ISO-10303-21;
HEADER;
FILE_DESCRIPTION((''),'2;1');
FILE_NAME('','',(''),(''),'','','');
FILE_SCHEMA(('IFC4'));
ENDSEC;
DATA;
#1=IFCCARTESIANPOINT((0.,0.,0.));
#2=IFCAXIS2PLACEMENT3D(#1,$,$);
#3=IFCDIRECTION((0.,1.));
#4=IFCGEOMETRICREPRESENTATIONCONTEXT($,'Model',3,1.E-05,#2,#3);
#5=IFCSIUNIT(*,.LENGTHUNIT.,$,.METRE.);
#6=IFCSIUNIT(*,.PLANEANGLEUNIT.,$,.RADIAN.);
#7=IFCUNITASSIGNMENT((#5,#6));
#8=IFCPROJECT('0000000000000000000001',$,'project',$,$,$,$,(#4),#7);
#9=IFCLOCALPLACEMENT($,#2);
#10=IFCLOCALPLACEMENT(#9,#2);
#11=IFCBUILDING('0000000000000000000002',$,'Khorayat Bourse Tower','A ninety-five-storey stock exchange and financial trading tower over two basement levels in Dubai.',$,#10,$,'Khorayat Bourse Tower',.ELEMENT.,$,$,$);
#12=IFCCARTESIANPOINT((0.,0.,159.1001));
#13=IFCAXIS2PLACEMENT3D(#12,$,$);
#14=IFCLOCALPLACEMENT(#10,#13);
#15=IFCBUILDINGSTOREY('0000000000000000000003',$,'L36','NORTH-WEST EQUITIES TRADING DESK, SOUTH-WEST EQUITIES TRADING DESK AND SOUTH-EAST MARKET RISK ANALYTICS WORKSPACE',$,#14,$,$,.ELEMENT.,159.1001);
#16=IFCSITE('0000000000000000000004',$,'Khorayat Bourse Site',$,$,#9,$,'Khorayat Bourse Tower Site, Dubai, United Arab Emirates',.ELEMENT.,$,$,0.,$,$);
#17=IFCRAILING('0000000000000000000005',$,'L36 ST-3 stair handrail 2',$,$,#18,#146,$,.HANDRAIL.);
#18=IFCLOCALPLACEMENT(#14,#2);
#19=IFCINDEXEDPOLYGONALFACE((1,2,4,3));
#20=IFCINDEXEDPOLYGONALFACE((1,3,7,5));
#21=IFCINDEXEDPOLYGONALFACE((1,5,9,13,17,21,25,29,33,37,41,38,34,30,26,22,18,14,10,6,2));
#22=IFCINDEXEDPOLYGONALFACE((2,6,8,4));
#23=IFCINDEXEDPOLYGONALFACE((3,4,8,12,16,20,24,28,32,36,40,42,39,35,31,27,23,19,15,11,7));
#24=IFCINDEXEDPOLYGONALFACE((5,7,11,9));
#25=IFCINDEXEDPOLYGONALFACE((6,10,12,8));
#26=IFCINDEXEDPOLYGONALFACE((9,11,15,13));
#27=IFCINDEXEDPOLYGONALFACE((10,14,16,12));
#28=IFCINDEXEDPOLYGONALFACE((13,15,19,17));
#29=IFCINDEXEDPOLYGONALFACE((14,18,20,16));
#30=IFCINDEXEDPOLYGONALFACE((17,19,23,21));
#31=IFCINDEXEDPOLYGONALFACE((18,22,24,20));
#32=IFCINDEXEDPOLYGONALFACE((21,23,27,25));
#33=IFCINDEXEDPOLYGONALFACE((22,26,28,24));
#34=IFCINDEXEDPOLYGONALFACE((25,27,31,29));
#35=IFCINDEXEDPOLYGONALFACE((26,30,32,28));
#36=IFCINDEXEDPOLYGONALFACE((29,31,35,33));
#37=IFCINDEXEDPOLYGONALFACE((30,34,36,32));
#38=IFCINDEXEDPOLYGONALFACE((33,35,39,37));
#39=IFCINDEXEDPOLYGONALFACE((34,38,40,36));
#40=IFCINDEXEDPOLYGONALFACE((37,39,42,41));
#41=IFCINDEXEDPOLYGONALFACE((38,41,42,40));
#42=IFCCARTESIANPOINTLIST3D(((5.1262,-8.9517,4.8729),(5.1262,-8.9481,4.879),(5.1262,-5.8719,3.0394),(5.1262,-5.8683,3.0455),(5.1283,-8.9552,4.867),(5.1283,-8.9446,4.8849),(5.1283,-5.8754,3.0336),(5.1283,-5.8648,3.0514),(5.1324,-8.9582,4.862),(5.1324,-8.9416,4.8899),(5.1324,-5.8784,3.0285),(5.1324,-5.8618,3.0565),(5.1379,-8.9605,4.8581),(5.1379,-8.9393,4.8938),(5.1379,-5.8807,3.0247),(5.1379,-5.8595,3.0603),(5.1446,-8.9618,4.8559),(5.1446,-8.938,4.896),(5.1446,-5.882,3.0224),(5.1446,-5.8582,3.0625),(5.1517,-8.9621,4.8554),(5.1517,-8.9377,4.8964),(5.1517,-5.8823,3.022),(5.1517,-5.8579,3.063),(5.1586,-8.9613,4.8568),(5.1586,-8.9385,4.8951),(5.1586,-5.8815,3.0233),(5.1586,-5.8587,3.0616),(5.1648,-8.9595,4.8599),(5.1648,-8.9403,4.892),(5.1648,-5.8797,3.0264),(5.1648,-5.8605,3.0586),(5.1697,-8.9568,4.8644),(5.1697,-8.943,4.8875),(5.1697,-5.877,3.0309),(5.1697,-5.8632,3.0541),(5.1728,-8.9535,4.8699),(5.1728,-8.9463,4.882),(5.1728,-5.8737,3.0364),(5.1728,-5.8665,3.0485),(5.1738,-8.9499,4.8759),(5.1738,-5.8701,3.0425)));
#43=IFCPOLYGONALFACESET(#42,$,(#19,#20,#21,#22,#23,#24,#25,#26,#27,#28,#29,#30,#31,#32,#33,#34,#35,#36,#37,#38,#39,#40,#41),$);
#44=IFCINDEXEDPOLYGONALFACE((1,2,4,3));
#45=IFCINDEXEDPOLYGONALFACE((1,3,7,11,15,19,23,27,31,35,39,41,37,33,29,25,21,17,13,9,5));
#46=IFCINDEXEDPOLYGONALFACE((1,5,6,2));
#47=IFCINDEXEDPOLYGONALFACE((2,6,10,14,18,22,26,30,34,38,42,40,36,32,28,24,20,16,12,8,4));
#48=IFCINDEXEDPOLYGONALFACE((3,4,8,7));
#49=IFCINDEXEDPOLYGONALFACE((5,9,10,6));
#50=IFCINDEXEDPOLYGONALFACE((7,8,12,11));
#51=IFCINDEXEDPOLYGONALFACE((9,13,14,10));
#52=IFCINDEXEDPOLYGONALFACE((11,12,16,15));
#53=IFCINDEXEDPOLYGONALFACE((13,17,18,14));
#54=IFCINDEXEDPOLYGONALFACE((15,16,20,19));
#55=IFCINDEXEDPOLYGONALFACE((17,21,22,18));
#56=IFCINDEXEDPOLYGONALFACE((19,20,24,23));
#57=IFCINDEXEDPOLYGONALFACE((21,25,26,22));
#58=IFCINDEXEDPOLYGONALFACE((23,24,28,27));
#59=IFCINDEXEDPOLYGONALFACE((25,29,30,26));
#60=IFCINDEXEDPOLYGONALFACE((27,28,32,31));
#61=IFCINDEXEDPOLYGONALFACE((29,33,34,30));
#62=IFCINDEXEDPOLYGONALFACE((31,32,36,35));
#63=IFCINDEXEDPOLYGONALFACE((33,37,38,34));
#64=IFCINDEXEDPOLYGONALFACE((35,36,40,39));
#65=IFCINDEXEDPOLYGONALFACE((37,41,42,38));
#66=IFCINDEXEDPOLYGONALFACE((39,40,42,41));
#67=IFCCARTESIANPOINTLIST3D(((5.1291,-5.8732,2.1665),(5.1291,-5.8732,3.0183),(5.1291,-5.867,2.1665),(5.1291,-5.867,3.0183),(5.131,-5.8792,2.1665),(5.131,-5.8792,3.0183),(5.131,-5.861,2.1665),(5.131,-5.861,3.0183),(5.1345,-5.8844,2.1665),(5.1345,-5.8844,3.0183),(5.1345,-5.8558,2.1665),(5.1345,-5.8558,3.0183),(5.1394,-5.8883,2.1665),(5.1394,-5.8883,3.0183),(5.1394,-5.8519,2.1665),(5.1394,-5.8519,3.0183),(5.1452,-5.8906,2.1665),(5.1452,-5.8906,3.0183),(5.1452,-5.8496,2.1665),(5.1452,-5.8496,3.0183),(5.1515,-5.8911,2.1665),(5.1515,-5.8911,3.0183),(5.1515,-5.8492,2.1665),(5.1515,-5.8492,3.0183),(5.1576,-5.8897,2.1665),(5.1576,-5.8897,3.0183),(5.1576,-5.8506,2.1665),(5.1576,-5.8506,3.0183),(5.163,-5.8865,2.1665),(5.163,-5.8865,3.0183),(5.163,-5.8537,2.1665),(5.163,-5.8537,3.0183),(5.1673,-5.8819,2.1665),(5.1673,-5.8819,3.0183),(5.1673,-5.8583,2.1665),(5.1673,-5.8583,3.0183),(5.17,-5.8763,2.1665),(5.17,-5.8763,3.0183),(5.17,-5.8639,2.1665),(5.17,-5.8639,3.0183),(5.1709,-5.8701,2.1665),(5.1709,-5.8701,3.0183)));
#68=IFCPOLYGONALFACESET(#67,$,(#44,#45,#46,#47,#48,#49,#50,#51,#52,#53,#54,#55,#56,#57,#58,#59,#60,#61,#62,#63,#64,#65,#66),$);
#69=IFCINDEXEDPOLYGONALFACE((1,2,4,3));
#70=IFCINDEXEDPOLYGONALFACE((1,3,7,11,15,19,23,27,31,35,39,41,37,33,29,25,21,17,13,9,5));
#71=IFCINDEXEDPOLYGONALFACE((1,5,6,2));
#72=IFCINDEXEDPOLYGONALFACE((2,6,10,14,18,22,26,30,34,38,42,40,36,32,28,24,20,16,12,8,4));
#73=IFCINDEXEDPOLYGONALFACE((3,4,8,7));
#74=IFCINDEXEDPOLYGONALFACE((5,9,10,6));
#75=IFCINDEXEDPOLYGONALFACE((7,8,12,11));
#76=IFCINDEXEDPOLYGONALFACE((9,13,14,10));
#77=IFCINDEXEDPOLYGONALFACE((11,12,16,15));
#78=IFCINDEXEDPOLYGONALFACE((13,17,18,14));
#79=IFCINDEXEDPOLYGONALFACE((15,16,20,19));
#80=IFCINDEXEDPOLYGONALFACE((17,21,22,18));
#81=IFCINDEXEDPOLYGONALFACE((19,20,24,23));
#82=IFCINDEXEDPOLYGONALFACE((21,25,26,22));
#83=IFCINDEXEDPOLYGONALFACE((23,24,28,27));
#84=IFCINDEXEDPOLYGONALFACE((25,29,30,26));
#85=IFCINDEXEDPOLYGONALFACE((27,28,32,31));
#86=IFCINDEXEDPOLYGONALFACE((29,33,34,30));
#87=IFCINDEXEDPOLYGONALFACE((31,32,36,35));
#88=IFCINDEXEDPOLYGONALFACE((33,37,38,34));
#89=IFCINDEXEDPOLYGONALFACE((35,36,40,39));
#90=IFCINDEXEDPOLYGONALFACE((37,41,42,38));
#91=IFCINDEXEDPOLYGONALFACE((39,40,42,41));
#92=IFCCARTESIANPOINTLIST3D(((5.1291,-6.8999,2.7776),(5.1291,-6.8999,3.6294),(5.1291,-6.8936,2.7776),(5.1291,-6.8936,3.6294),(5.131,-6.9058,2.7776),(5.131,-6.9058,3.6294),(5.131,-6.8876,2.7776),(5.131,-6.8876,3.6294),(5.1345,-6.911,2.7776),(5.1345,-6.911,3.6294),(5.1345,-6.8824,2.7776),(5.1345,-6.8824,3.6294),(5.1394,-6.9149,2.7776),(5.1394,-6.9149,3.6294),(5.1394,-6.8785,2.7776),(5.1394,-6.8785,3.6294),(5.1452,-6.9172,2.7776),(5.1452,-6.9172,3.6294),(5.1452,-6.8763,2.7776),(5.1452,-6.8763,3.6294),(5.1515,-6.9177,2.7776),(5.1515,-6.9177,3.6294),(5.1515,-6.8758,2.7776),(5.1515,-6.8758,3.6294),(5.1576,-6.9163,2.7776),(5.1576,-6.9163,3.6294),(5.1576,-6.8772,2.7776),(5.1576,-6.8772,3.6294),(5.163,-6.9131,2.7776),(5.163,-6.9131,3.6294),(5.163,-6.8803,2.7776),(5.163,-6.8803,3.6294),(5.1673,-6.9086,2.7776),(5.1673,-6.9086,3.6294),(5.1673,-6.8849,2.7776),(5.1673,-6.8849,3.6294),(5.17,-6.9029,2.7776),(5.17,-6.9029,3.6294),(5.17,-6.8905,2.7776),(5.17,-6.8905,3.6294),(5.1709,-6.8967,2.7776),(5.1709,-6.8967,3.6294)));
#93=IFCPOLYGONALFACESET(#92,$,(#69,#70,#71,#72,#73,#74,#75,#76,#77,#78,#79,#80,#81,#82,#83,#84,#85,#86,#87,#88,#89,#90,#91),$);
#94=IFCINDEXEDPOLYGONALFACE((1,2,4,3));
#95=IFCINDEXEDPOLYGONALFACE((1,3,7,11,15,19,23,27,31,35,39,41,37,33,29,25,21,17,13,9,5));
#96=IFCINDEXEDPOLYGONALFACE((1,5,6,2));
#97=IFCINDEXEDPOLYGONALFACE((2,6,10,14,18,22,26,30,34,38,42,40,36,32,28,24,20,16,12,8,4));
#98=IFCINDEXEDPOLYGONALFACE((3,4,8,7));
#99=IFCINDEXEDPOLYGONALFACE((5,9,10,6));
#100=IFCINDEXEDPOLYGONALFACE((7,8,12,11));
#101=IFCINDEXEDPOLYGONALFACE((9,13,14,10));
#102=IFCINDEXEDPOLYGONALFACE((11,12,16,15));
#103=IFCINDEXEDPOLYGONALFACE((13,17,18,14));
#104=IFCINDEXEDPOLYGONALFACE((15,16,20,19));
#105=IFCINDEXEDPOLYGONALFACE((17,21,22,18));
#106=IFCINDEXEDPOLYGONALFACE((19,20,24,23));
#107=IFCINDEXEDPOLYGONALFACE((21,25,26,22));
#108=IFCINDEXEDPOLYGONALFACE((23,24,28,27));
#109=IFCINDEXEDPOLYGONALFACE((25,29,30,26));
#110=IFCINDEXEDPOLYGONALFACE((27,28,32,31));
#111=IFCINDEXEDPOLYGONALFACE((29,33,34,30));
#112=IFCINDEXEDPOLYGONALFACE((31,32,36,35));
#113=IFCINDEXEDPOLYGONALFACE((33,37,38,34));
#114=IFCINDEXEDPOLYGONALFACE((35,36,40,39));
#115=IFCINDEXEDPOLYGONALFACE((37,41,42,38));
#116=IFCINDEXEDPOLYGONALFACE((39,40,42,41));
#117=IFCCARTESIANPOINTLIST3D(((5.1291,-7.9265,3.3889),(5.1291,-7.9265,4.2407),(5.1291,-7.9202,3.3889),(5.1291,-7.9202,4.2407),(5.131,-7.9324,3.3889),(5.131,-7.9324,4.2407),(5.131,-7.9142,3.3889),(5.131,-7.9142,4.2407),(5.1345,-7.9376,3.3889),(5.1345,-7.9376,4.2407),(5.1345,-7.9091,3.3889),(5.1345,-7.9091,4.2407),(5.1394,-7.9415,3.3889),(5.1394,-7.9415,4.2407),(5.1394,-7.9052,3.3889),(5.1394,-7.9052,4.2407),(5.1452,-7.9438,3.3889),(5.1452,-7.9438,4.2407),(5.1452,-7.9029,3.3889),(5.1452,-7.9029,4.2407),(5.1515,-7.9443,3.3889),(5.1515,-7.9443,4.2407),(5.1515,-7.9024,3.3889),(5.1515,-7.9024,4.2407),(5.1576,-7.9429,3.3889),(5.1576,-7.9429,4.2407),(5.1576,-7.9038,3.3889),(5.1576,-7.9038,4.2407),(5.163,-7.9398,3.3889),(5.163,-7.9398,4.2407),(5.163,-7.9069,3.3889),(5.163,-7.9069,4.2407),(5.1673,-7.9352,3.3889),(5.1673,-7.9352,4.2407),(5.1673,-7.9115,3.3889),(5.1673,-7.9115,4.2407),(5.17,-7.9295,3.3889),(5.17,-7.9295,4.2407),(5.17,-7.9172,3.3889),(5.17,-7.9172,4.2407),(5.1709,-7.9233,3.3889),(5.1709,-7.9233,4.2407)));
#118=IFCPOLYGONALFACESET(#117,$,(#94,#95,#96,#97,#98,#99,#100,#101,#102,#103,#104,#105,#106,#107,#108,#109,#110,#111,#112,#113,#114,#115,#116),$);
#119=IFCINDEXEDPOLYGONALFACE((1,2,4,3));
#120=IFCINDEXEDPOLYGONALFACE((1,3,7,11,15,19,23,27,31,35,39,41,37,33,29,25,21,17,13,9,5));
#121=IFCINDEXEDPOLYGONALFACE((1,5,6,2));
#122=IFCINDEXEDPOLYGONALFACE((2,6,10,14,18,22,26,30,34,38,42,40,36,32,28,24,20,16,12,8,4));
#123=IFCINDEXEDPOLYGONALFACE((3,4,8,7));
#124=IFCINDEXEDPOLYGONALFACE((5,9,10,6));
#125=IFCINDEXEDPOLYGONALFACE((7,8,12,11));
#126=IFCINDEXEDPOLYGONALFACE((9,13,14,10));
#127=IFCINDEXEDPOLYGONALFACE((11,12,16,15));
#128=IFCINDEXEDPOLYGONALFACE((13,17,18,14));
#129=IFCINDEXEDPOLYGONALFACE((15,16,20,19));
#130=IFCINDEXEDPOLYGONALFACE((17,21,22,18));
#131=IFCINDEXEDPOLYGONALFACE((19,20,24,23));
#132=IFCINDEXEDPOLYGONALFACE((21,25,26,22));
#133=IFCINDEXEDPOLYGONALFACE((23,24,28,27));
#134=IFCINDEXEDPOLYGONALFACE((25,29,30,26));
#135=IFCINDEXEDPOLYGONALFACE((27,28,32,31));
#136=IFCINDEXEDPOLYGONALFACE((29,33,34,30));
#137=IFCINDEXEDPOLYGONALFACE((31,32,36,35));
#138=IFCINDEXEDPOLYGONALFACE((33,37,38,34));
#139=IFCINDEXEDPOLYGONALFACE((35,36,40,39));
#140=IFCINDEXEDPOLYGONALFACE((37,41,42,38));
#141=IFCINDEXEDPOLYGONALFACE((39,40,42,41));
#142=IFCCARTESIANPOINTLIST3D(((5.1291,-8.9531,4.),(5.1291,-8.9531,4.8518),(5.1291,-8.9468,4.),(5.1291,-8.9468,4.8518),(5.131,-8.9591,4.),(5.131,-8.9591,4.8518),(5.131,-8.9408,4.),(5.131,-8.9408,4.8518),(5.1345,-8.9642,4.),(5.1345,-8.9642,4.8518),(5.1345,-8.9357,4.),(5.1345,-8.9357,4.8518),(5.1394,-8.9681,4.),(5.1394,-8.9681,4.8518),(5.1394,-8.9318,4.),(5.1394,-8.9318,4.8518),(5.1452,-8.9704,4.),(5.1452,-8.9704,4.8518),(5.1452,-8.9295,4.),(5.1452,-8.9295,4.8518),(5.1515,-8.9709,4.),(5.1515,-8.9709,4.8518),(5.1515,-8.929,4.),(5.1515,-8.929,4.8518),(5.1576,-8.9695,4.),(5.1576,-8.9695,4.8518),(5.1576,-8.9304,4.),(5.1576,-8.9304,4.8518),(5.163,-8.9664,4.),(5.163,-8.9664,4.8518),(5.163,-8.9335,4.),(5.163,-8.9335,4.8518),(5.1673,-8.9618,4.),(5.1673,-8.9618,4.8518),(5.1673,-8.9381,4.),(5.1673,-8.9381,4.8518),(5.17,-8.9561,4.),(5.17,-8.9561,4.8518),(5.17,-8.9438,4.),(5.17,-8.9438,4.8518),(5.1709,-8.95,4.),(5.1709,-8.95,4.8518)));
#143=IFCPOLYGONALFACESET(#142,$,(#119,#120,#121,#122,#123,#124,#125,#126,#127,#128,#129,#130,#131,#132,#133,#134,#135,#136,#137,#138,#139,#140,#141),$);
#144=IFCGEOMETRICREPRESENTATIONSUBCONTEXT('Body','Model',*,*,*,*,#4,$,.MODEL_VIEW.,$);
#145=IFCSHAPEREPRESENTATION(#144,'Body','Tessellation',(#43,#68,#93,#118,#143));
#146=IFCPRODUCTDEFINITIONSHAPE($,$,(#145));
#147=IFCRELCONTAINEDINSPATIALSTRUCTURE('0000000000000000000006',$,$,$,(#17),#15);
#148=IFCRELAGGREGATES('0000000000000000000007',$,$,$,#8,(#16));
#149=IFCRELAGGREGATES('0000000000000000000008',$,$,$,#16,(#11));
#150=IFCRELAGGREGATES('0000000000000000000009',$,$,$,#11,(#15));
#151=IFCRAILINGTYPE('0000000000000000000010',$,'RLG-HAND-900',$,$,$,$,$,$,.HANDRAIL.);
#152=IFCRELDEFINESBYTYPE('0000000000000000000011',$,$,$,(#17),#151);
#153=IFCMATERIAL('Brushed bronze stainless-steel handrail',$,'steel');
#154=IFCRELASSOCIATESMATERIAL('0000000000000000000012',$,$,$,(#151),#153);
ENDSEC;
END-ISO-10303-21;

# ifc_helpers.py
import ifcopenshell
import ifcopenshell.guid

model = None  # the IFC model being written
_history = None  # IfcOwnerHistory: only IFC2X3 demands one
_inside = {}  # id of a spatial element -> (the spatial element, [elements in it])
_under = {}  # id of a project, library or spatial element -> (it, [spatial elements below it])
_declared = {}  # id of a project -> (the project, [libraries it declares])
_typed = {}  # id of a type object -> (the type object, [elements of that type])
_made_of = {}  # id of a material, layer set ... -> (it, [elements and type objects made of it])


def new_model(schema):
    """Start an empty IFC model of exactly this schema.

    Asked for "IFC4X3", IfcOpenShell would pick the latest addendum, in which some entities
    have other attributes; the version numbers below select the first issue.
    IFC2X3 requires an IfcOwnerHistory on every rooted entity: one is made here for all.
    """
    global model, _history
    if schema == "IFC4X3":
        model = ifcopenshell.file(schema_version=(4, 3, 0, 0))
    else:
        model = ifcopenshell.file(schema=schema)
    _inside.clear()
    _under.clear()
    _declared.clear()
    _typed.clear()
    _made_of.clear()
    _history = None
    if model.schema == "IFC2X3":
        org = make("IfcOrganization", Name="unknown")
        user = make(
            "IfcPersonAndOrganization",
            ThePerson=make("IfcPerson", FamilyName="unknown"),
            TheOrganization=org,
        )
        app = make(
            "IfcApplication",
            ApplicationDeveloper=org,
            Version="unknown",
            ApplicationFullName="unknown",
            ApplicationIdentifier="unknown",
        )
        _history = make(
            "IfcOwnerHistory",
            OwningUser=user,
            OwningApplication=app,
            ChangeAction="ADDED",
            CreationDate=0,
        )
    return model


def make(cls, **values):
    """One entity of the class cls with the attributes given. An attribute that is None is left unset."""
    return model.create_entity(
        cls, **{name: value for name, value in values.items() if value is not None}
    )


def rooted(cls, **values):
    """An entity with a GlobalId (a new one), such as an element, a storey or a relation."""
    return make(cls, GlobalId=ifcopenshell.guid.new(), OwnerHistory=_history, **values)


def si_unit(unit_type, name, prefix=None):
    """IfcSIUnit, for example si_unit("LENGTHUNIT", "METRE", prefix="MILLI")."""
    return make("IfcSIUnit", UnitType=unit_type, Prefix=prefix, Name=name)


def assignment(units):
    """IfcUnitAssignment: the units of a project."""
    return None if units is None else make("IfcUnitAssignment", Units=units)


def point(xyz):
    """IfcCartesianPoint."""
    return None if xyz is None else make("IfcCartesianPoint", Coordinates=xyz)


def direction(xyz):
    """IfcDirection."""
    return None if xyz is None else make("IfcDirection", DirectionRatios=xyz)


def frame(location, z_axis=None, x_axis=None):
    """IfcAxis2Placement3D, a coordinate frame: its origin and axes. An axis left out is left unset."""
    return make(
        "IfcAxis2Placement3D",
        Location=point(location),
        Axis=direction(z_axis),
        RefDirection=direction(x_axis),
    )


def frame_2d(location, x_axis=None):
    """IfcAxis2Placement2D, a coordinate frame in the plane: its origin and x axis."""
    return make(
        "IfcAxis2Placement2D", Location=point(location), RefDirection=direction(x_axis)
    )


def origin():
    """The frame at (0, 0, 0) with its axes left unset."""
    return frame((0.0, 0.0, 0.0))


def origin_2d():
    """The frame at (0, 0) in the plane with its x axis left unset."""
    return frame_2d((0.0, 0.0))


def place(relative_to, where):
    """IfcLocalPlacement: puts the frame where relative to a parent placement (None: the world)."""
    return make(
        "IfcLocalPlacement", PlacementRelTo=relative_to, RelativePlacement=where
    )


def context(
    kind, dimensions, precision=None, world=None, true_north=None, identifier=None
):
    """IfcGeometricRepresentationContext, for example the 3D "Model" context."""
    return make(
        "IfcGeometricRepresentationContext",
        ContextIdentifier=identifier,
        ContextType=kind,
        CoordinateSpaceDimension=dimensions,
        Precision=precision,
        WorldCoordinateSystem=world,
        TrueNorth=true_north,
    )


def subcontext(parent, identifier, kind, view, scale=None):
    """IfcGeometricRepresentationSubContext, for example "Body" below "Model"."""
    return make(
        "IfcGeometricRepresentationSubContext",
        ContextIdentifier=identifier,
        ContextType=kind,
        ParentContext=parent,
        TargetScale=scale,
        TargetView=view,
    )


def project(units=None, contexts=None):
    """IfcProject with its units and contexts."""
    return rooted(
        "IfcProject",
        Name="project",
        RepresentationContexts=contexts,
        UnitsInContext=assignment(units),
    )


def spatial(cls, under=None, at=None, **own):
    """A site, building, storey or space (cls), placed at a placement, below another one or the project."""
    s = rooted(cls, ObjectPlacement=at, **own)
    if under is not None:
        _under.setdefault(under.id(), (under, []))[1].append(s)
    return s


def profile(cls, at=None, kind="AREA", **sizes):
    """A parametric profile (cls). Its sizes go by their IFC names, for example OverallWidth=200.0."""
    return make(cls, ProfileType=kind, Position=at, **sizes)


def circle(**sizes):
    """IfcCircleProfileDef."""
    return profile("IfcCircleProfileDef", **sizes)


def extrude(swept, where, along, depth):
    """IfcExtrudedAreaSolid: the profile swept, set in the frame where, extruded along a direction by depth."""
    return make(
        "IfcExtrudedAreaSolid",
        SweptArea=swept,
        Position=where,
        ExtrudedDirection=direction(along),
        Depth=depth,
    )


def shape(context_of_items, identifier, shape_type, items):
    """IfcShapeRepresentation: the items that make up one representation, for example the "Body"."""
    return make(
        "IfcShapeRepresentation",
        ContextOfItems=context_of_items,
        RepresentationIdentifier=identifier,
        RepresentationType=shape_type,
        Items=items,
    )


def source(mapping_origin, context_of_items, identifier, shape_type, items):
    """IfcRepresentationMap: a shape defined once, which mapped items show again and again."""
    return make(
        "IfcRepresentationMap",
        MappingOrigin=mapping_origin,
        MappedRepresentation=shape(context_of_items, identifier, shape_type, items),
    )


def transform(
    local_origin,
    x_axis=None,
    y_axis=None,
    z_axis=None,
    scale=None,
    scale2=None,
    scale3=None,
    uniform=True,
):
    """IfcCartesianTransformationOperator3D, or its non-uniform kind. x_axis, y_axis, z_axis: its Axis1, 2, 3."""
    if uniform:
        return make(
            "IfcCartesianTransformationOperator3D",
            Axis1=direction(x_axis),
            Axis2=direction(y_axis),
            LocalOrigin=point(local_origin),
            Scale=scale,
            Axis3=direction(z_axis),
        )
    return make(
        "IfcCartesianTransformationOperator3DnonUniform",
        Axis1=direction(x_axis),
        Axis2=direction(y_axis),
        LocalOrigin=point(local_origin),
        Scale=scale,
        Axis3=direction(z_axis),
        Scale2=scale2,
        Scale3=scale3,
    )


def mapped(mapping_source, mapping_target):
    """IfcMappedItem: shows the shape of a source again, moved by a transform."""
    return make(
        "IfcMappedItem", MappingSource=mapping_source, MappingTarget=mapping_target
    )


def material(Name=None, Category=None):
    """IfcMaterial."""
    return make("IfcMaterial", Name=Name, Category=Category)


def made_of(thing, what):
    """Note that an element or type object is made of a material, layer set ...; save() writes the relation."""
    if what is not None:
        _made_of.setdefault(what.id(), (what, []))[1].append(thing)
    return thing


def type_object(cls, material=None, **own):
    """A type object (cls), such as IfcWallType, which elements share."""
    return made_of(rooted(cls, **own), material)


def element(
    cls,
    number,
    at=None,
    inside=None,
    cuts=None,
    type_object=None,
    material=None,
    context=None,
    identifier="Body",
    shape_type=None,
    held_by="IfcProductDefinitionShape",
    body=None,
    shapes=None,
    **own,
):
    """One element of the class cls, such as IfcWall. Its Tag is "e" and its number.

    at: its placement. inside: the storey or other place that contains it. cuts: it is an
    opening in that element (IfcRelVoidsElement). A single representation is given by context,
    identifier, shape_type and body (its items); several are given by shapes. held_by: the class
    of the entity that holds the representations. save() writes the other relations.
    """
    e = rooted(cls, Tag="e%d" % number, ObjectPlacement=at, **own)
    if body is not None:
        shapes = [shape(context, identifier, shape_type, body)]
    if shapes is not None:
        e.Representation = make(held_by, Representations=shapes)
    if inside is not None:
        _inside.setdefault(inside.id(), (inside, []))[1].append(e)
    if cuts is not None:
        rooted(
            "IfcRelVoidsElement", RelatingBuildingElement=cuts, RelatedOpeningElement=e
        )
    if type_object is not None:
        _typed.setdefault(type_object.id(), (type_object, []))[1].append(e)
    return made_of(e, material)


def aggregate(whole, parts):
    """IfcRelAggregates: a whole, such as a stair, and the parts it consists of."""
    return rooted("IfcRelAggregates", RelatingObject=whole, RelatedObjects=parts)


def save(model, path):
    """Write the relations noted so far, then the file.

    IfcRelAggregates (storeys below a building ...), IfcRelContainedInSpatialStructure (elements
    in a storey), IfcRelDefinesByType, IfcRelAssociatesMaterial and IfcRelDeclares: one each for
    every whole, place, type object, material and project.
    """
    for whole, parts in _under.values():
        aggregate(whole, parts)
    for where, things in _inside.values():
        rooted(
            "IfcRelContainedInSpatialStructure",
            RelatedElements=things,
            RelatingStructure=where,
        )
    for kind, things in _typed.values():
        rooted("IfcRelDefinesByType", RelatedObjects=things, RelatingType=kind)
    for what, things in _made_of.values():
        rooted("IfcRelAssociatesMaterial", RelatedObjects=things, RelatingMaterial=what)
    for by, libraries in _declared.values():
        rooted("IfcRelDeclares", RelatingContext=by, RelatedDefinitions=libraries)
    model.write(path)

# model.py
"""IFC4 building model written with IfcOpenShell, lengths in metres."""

from ifc_helpers import new_model, si_unit, direction, frame, origin, origin_2d, place, context, subcontext, project, spatial, circle, extrude, source, transform, mapped, material, type_object, element, save


model = new_model("IFC4")

# Units and contexts
model_context = context("Model", 3, precision=1e-05, world=origin(), true_north=direction((0.0, 1.0)))
body_context = subcontext(model_context, "Body", "Model", "MODEL_VIEW")
ifc_project = project(units=[si_unit("LENGTHUNIT", "METRE"), si_unit("PLANEANGLEUNIT", "RADIAN")], contexts=[model_context])

# Site, building, storey
site_placement = place(None, origin())
site = spatial("IfcSite", under=ifc_project, at=site_placement, Name="Khorayat Bourse Site", LongName="Khorayat Bourse Tower Site, Dubai, United Arab Emirates", CompositionType="ELEMENT", RefElevation=0.0)
building_placement = place(site_placement, origin())
building = spatial("IfcBuilding", under=site, at=building_placement, Name="Khorayat Bourse Tower", Description="A ninety-five-storey stock exchange and financial trading tower over two basement levels in Dubai.", LongName="Khorayat Bourse Tower", CompositionType="ELEMENT")
storey_placement = place(building_placement, frame((0.0, 0.0, 159.1001)))
storey = spatial("IfcBuildingStorey", under=building, at=storey_placement, Name="L36", Description="NORTH-WEST EQUITIES TRADING DESK, SOUTH-WEST EQUITIES TRADING DESK AND SOUTH-EAST MARKET RISK ANALYTICS WORKSPACE", CompositionType="ELEMENT", Elevation=159.1001)

# Railing
ifc_material_1 = material(Name="Brushed bronze stainless-steel handrail", Category="steel")
railing_type = type_object("IfcRailingType", Name="RLG-HAND-900", PredefinedType="HANDRAIL", material=ifc_material_1)
shared_shape_1 = source(origin(), body_context, "Body", "SweptSolid", [
    extrude(circle(Radius=0.0239, at=origin_2d()), frame((0.0, 0.0, 0.876), z_axis=(0.0, -0.859261, 0.511538), x_axis=(1.0, 0.0, 0.0)), (0.0, 0.0, 1.0), 3.5842),
    extrude(circle(Radius=0.021, at=origin_2d()), origin(), (0.0, 0.0, 1.0), 0.8518),
    extrude(circle(Radius=0.021, at=origin_2d()), frame((0.0, -1.0266, 0.6111)), (0.0, 0.0, 1.0), 0.8518),
    extrude(circle(Radius=0.021, at=origin_2d()), frame((0.0, -2.0532, 1.2224)), (0.0, 0.0, 1.0), 0.8518),
    extrude(circle(Radius=0.021, at=origin_2d()), frame((0.0, -3.0798, 1.8335)), (0.0, 0.0, 1.0), 0.8518),
])
railing_placement = place(storey_placement, frame((5.1499, -5.8701, 2.1665)))
element("IfcRailing", 1, at=railing_placement, inside=storey, type_object=railing_type, Name="L36 ST-3 stair handrail 2", PredefinedType="HANDRAIL", context=body_context, shape_type="MappedRepresentation", body=[
    mapped(shared_shape_1, transform((0.0, 0.0, 0.0), scale=1.0)),
])

save(model, "model.ifc")
